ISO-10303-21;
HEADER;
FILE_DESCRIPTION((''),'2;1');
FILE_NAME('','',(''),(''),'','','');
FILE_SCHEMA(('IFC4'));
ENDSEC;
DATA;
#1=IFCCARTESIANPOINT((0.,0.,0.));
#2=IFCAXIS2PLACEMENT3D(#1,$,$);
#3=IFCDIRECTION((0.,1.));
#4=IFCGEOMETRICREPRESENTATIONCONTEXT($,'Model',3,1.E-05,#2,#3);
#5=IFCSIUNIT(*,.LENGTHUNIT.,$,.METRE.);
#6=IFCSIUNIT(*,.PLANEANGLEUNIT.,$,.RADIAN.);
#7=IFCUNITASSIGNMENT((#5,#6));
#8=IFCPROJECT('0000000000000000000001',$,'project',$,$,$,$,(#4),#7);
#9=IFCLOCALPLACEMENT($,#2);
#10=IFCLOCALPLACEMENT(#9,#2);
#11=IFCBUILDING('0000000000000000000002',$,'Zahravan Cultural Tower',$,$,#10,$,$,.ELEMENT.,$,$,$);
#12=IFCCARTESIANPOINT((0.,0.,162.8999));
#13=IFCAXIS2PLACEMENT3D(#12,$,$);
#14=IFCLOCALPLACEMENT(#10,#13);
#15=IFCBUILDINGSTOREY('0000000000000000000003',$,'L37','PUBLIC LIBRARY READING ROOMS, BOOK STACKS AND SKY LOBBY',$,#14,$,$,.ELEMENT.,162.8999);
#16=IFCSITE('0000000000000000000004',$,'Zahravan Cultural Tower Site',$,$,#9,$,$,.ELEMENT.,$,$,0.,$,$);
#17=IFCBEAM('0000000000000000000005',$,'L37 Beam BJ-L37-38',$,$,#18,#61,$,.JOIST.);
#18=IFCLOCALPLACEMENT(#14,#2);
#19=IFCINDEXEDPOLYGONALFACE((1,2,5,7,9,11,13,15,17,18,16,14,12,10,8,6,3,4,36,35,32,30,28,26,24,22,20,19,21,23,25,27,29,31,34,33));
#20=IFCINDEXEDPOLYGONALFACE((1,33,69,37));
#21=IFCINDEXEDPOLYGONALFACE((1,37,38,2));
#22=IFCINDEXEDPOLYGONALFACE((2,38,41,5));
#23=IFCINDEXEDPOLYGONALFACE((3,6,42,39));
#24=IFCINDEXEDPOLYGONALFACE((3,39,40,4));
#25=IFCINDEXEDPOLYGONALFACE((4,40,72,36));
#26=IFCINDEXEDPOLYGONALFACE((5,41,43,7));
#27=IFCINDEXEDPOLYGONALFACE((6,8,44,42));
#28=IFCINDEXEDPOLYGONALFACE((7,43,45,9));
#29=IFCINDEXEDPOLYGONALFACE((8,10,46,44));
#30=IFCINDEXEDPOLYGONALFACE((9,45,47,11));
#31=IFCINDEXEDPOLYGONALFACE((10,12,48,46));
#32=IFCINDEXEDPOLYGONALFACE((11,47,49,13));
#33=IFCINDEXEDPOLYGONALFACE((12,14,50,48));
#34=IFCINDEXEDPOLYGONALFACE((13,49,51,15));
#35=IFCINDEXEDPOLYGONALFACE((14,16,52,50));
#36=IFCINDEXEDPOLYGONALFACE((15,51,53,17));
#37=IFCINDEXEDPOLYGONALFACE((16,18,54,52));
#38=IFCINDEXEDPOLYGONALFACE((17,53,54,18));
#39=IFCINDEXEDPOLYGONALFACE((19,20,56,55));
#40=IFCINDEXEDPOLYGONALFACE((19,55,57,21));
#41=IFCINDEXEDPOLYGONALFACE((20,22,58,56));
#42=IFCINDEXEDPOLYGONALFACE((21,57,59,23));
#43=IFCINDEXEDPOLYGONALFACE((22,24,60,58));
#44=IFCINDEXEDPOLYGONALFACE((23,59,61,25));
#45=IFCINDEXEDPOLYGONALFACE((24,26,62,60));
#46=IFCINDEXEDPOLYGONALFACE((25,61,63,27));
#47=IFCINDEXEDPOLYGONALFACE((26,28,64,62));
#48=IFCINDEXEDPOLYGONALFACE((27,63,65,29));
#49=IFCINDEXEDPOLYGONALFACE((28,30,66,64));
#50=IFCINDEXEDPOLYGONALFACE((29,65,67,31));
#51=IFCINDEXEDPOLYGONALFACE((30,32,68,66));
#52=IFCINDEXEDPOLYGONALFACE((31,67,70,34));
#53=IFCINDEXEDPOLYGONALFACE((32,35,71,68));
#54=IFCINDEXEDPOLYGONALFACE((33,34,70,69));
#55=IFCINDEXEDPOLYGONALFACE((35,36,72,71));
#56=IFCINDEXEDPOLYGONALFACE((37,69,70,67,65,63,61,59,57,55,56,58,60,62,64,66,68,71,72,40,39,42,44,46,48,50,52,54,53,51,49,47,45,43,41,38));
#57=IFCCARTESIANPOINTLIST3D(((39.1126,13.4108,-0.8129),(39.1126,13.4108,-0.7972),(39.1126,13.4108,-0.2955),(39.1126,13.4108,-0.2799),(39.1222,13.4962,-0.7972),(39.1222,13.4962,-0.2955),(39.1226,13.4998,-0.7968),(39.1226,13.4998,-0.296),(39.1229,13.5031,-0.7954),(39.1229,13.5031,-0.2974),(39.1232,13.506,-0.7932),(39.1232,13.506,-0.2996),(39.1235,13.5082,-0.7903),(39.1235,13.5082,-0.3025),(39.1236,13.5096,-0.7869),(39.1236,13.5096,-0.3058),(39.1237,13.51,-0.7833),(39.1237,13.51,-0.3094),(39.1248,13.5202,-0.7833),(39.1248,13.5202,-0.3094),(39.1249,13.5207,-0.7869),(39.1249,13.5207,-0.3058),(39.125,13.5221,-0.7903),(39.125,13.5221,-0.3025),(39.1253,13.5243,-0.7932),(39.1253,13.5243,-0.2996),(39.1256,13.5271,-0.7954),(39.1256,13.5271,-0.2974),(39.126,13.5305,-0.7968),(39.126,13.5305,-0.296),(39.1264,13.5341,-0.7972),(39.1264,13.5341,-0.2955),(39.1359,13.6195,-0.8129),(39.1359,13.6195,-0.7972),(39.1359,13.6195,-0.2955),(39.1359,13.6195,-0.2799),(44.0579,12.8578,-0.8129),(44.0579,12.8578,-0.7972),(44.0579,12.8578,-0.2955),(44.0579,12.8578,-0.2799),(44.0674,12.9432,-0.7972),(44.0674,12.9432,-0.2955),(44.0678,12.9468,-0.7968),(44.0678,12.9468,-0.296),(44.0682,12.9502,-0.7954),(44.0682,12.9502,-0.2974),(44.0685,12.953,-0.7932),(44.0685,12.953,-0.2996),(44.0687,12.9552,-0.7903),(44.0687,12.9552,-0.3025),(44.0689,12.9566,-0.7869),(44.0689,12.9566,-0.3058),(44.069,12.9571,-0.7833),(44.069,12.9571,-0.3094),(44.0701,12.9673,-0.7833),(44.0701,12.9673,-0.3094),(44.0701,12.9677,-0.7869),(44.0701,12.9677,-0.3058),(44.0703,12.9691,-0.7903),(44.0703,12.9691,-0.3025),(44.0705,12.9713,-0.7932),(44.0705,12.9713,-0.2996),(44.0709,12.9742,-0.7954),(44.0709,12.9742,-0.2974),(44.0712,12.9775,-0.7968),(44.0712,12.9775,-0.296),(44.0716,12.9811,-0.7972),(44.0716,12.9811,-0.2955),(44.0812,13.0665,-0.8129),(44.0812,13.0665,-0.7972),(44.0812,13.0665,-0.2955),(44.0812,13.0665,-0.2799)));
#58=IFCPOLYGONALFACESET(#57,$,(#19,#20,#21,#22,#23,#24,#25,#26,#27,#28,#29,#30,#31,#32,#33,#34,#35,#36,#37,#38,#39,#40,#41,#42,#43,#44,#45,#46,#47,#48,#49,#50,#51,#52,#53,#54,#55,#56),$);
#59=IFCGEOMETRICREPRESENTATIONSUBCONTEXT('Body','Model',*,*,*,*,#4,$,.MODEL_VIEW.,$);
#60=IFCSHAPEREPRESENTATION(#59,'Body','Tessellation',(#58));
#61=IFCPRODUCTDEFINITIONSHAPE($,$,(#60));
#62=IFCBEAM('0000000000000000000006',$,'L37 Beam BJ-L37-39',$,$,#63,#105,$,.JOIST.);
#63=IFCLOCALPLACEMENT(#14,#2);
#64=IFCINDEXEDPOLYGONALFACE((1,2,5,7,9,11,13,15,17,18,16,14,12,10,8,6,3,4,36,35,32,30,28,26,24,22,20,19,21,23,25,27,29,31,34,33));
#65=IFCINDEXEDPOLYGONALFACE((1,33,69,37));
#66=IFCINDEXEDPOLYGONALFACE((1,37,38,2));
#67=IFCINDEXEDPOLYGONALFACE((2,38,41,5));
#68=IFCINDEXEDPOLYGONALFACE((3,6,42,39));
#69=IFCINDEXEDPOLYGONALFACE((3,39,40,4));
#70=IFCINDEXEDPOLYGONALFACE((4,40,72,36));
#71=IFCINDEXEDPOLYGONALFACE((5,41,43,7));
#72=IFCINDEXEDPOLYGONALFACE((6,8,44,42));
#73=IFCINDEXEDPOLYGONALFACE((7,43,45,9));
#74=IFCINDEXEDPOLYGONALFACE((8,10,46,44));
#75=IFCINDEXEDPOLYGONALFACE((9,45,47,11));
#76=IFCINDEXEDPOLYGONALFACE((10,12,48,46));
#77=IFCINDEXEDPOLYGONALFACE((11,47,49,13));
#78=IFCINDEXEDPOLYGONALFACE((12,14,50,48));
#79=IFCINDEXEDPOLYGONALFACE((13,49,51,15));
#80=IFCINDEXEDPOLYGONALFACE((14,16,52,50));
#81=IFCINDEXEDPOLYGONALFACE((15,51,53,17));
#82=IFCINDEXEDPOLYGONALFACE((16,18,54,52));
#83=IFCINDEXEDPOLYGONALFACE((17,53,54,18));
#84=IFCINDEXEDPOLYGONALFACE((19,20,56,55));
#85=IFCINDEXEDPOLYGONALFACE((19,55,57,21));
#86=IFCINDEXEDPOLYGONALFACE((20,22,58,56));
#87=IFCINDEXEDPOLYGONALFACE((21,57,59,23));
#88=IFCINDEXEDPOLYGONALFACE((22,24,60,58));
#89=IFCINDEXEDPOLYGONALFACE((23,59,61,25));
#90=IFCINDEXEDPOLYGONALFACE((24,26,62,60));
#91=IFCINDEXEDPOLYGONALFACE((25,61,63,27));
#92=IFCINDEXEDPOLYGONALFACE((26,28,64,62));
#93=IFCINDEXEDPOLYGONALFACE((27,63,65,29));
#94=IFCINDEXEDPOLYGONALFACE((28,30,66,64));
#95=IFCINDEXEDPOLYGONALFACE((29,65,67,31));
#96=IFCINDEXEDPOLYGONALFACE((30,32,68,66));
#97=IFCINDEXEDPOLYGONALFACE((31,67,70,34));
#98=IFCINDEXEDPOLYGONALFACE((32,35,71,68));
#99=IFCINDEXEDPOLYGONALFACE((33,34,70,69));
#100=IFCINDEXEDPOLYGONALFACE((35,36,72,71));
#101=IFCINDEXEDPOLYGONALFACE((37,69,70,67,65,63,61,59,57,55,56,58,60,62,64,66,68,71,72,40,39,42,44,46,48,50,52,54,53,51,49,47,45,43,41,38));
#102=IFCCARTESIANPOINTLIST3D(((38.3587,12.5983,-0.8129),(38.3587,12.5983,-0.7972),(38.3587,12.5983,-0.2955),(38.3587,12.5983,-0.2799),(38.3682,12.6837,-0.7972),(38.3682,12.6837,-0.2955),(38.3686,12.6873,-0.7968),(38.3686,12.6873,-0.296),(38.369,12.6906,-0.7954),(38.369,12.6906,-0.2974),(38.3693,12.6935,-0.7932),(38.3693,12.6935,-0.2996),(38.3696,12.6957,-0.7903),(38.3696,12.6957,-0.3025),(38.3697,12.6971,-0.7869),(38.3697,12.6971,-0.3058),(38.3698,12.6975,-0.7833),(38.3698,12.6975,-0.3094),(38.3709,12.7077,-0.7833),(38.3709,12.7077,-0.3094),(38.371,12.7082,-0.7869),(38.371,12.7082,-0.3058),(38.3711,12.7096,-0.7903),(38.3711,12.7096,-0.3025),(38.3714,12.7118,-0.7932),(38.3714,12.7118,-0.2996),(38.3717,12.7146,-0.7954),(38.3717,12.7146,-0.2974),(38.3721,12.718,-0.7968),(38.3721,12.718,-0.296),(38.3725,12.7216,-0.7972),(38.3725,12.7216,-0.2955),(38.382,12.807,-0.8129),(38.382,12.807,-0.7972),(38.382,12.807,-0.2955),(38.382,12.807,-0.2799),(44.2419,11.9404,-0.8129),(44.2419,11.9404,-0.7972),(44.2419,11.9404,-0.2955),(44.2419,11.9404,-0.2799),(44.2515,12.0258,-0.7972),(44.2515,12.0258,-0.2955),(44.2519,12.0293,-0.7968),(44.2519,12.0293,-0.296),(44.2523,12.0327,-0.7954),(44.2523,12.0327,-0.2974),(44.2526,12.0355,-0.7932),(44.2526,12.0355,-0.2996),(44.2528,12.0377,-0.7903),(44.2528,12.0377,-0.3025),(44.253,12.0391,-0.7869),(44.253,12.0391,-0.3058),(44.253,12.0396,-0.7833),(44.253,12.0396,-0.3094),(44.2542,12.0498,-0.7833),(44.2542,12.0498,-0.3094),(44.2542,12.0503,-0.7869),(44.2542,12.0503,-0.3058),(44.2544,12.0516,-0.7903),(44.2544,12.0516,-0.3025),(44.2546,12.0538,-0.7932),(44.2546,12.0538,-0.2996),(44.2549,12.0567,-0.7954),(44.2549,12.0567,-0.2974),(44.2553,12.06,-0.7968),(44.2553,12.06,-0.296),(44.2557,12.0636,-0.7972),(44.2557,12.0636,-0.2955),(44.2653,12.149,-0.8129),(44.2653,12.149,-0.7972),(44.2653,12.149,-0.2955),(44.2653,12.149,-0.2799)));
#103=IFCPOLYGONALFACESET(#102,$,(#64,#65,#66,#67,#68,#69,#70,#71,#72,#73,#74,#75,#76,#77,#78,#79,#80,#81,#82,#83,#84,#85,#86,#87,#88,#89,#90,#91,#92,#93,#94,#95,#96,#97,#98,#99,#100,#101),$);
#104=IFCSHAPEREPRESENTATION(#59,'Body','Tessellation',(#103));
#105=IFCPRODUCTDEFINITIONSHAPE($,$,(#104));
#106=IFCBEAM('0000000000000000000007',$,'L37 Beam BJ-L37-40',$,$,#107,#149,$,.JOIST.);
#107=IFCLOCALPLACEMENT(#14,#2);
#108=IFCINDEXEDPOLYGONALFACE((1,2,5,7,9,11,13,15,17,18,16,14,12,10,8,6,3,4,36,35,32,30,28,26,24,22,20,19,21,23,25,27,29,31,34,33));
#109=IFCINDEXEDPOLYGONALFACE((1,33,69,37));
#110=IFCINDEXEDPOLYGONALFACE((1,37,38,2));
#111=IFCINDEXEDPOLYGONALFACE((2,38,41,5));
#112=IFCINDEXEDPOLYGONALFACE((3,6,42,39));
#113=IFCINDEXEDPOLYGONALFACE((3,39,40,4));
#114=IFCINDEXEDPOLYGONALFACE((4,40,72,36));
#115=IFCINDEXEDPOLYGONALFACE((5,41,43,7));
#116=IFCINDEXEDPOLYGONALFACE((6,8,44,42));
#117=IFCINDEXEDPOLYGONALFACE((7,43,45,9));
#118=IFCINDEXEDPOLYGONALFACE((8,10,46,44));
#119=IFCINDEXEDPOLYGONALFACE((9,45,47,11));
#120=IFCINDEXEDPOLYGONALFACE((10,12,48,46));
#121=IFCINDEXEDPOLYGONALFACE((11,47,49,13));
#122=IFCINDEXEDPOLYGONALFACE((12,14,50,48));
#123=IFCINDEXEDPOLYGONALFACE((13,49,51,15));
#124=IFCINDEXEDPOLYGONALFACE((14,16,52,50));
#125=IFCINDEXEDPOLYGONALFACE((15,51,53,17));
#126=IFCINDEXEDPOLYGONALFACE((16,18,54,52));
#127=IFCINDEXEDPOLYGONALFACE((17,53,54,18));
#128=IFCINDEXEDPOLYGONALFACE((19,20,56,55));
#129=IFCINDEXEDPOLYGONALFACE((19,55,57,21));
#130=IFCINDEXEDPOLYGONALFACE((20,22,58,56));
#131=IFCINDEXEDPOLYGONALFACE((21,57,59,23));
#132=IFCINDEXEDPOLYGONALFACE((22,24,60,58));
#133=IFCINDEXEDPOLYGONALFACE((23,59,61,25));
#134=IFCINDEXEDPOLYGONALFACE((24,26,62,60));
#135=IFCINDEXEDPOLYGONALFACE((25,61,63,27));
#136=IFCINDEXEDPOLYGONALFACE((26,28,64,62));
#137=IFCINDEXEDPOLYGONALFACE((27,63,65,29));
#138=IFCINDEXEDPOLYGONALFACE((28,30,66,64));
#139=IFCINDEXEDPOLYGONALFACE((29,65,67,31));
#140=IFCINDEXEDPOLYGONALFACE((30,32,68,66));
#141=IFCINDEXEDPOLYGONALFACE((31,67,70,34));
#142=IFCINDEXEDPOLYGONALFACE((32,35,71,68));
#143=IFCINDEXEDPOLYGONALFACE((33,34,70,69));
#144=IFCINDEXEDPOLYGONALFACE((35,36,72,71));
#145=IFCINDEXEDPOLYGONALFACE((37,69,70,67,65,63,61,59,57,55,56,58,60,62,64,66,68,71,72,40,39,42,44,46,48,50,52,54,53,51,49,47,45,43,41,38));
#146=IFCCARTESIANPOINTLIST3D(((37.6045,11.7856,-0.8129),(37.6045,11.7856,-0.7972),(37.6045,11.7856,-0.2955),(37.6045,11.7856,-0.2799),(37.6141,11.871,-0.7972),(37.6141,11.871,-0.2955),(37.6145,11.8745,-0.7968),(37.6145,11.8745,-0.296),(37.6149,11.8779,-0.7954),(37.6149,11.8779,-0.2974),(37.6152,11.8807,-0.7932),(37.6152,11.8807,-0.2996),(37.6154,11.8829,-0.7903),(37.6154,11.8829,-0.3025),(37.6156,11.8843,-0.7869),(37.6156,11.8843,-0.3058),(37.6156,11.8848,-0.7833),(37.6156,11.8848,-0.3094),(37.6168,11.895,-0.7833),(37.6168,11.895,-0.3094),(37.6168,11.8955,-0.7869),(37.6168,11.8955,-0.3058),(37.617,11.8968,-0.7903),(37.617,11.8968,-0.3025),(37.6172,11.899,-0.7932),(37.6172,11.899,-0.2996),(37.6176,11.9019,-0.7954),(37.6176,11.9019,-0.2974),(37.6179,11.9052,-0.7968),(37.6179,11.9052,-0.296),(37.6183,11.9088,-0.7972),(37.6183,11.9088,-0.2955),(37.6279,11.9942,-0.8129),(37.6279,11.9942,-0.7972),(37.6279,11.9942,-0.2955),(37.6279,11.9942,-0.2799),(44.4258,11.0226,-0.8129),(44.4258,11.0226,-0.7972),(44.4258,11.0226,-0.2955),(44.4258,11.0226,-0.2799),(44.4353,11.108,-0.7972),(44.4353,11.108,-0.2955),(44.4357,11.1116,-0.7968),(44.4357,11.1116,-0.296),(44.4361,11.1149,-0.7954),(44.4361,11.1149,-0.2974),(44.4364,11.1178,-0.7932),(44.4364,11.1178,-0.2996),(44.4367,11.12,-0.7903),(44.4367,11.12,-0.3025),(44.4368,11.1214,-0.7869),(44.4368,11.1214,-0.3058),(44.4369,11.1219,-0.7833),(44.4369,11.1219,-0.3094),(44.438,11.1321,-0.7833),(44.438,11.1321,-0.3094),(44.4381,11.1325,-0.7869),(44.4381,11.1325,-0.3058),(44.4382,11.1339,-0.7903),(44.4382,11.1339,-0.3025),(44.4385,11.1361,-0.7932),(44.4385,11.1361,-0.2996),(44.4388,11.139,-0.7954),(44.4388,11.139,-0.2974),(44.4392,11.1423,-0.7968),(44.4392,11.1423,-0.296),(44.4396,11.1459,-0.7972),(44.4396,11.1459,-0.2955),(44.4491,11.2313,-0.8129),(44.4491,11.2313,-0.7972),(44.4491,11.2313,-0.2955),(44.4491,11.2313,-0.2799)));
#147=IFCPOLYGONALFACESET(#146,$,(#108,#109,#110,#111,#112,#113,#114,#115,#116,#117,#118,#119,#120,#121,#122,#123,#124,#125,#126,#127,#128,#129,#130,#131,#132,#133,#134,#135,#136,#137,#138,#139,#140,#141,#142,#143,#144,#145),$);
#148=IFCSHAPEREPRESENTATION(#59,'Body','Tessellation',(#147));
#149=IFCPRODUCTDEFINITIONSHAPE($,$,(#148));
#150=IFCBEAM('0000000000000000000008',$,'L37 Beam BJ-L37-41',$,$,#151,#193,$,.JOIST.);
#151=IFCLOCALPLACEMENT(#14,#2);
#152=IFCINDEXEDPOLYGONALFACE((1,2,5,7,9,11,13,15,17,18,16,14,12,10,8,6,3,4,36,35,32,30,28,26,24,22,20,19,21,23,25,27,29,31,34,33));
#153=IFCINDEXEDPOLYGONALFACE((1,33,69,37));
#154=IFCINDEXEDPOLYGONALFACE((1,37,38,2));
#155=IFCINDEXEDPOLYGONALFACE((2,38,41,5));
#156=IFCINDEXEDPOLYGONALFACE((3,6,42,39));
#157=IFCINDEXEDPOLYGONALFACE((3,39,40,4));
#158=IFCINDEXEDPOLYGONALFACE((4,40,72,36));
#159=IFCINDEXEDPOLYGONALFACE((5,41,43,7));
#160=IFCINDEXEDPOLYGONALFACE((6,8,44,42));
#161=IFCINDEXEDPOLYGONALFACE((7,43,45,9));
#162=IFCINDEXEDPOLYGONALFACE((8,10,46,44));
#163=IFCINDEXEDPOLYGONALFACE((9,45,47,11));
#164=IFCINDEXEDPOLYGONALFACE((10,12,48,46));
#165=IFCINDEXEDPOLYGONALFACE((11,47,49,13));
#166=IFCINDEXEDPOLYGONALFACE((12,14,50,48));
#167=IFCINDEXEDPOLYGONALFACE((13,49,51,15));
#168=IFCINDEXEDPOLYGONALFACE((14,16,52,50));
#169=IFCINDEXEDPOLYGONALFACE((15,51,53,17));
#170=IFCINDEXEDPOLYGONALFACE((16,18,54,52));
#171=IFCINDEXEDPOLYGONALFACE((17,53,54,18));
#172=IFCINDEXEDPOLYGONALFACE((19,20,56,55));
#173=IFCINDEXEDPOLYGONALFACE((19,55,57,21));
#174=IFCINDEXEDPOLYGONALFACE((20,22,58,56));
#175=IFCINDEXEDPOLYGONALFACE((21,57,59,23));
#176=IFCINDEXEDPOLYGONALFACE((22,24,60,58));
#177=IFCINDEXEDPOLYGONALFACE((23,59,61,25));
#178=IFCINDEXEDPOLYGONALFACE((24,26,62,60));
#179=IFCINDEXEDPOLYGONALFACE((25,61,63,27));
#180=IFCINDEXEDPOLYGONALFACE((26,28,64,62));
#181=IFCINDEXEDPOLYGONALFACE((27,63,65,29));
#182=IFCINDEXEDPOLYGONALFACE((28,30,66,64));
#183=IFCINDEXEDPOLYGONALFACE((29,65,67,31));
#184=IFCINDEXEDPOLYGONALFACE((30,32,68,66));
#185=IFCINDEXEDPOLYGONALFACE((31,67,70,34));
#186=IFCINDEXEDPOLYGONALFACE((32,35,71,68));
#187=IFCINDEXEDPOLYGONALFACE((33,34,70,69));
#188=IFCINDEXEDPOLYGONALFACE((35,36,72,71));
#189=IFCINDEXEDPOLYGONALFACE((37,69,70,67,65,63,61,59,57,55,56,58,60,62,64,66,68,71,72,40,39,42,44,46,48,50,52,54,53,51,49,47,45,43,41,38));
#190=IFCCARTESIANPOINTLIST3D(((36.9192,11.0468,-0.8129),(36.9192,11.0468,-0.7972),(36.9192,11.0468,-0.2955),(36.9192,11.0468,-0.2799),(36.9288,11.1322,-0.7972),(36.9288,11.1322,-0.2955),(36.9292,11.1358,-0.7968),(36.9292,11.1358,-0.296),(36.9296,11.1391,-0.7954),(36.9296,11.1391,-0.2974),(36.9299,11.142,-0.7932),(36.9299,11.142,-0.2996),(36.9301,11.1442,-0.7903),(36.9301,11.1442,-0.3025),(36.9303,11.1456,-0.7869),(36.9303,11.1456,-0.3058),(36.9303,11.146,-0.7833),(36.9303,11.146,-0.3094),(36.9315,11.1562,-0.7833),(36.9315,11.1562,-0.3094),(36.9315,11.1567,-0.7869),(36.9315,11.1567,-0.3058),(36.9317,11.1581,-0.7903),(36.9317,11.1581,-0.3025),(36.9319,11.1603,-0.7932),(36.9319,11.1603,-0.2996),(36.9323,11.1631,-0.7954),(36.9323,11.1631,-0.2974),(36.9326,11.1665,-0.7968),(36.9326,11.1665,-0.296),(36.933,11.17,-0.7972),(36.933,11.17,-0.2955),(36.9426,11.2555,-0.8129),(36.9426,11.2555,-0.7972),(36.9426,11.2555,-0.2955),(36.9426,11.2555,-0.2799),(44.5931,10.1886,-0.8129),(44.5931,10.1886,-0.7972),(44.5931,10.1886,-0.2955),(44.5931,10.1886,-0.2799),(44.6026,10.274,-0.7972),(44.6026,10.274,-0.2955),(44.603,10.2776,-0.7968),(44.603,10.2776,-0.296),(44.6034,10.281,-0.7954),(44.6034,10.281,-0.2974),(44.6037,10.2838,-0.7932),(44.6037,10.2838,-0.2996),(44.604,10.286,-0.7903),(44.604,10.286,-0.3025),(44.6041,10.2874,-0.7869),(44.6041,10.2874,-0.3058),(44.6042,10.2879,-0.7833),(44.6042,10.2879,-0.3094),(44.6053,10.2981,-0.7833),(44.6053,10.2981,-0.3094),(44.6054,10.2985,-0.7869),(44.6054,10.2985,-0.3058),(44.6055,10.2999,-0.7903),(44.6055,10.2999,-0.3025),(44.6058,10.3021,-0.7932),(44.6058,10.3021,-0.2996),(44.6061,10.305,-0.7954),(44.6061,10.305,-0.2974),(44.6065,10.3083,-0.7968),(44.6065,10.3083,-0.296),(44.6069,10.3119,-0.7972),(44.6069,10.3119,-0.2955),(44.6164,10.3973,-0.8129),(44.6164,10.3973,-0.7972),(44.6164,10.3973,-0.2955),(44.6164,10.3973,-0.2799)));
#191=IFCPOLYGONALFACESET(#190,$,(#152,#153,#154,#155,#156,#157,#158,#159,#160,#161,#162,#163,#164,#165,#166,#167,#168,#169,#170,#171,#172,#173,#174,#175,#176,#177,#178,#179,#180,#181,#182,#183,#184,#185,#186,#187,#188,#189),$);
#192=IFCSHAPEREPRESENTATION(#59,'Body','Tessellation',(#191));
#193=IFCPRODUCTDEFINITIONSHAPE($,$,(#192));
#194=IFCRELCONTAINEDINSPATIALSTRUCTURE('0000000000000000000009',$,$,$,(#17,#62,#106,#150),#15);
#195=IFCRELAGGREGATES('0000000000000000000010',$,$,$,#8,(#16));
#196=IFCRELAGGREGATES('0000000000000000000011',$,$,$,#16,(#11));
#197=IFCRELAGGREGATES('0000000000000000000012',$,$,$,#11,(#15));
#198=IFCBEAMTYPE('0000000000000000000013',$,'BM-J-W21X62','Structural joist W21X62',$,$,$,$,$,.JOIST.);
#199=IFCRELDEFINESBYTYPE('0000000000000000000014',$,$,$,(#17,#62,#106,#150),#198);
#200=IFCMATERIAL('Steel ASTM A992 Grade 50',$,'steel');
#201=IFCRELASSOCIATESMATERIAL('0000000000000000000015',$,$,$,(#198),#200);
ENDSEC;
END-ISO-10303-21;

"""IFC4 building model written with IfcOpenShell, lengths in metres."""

from ifc_helpers import new_model, si_unit, direction, frame, origin, origin_2d, place, context, subcontext, project, spatial, i_section, extrude, source, transform, mapped, material, material_profile, profile_set, type_object, element, save


model = new_model("IFC4")

# Units and contexts
model_context = context("Model", 3, precision=1e-05, world=origin(), true_north=direction((0.0, 1.0)))
body_context = subcontext(model_context, "Body", "Model", "MODEL_VIEW")
ifc_project = project(units=[si_unit("LENGTHUNIT", "METRE"), si_unit("PLANEANGLEUNIT", "RADIAN")], contexts=[model_context])

# Site, building, storey
site_placement = place(None, origin())
site = spatial("IfcSite", under=ifc_project, at=site_placement, Name="Zahravan Cultural Tower Site", CompositionType="ELEMENT", RefElevation=0.0)
building_placement = place(site_placement, origin())
building = spatial("IfcBuilding", under=site, at=building_placement, Name="Zahravan Cultural Tower", CompositionType="ELEMENT")
storey_placement = place(building_placement, frame((0.0, 0.0, 162.8999)))
storey = spatial("IfcBuildingStorey", under=building, at=storey_placement, Name="L37", Description="PUBLIC LIBRARY READING ROOMS, BOOK STACKS AND SKY LOBBY", CompositionType="ELEMENT", Elevation=162.8999)

# Beams
ifc_material_1 = material(Name="Steel ASTM A992 Grade 50", Category="steel")
ifc_material_profile_1 = material_profile(ifc_material_1, i_section(OverallWidth=0.21, OverallDepth=0.533, WebThickness=0.0103, FlangeThickness=0.0156, FilletRadius=0.0139, at=origin_2d()), Name="W21X62")
ifc_profile_set_1 = profile_set([ifc_material_profile_1], Name="Steel ASTM A992 Grade 50")
beam_type = type_object("IfcBeamType", Name="BM-J-W21X62", Description="Structural joist W21X62", PredefinedType="JOIST", material=ifc_profile_set_1)
shared_shape_1 = source(origin(), body_context, "Body", "SweptSolid", [
    extrude(i_section(OverallWidth=0.21, OverallDepth=0.533, WebThickness=0.0103, FlangeThickness=0.0156, FilletRadius=0.0139, at=origin_2d()), origin(), (0.0, 0.0, 1.0), 4.9761),
])
beam_1_placement = place(storey_placement, frame((39.1243, 13.5151, -0.5464), z_axis=(0.993806, -0.111126, 0.0), x_axis=(0.111126, 0.993806, 0.0)))
element("IfcBeam", 1, at=beam_1_placement, inside=storey, type_object=beam_type, Name="L37 Beam BJ-L37-38", PredefinedType="JOIST", context=body_context, shape_type="MappedRepresentation", body=[
    mapped(shared_shape_1, transform((0.0, 0.0, 0.0), x_axis=(1.0, 0.0, 0.0), y_axis=(0.0, 1.0, 0.0), z_axis=(0.0, 0.0, 1.0), scale=1.0)),
])
shared_shape_2 = source(origin(), body_context, "Body", "SweptSolid", [
    extrude(i_section(OverallWidth=0.21, OverallDepth=0.533, WebThickness=0.0103, FlangeThickness=0.0156, FilletRadius=0.0139, at=origin_2d()), origin(), (0.0, 0.0, 1.0), 5.9199),
])
beam_2_placement = place(storey_placement, frame((38.3704, 12.7026, -0.5464), z_axis=(0.993805, -0.111142, 0.0), x_axis=(0.111142, 0.993805, 0.0)))
element("IfcBeam", 2, at=beam_2_placement, inside=storey, type_object=beam_type, Name="L37 Beam BJ-L37-39", PredefinedType="JOIST", context=body_context, shape_type="MappedRepresentation", body=[
    mapped(shared_shape_2, transform((0.0, 0.0, 0.0), x_axis=(1.0, 0.0, 0.0), y_axis=(0.0, 1.0, 0.0), z_axis=(0.0, 0.0, 1.0), scale=1.0)),
])
shared_shape_3 = source(origin(), body_context, "Body", "SweptSolid", [
    extrude(i_section(OverallWidth=0.21, OverallDepth=0.533, WebThickness=0.0103, FlangeThickness=0.0156, FilletRadius=0.0139, at=origin_2d()), origin(), (0.0, 0.0, 1.0), 6.8638),
])
beam_3_placement = place(storey_placement, frame((37.6162, 11.8899, -0.5464), z_axis=(0.993803, -0.111154, 0.0), x_axis=(0.111154, 0.993803, 0.0)))
element("IfcBeam", 3, at=beam_3_placement, inside=storey, type_object=beam_type, Name="L37 Beam BJ-L37-40", PredefinedType="JOIST", context=body_context, shape_type="MappedRepresentation", body=[
    mapped(shared_shape_3, transform((0.0, 0.0, 0.0), x_axis=(1.0, 0.0, 0.0), y_axis=(0.0, 1.0, 0.0), z_axis=(0.0, 0.0, 1.0), scale=1.0)),
])
shared_shape_4 = source(origin(), body_context, "Body", "SweptSolid", [
    extrude(i_section(OverallWidth=0.21, OverallDepth=0.533, WebThickness=0.0103, FlangeThickness=0.0156, FilletRadius=0.0139, at=origin_2d()), origin(), (0.0, 0.0, 1.0), 7.7217),
])
beam_4_placement = place(storey_placement, frame((36.9309, 11.1511, -0.5464), z_axis=(0.993805, -0.111136, 0.0), x_axis=(0.111136, 0.993805, 0.0)))
element("IfcBeam", 4, at=beam_4_placement, inside=storey, type_object=beam_type, Name="L37 Beam BJ-L37-41", PredefinedType="JOIST", context=body_context, shape_type="MappedRepresentation", body=[
    mapped(shared_shape_4, transform((0.0, 0.0, 0.0), x_axis=(1.0, 0.0, 0.0), y_axis=(0.0, 1.0, 0.0), z_axis=(0.0, 0.0, 1.0), scale=1.0)),
])

save(model, "model.ifc")
